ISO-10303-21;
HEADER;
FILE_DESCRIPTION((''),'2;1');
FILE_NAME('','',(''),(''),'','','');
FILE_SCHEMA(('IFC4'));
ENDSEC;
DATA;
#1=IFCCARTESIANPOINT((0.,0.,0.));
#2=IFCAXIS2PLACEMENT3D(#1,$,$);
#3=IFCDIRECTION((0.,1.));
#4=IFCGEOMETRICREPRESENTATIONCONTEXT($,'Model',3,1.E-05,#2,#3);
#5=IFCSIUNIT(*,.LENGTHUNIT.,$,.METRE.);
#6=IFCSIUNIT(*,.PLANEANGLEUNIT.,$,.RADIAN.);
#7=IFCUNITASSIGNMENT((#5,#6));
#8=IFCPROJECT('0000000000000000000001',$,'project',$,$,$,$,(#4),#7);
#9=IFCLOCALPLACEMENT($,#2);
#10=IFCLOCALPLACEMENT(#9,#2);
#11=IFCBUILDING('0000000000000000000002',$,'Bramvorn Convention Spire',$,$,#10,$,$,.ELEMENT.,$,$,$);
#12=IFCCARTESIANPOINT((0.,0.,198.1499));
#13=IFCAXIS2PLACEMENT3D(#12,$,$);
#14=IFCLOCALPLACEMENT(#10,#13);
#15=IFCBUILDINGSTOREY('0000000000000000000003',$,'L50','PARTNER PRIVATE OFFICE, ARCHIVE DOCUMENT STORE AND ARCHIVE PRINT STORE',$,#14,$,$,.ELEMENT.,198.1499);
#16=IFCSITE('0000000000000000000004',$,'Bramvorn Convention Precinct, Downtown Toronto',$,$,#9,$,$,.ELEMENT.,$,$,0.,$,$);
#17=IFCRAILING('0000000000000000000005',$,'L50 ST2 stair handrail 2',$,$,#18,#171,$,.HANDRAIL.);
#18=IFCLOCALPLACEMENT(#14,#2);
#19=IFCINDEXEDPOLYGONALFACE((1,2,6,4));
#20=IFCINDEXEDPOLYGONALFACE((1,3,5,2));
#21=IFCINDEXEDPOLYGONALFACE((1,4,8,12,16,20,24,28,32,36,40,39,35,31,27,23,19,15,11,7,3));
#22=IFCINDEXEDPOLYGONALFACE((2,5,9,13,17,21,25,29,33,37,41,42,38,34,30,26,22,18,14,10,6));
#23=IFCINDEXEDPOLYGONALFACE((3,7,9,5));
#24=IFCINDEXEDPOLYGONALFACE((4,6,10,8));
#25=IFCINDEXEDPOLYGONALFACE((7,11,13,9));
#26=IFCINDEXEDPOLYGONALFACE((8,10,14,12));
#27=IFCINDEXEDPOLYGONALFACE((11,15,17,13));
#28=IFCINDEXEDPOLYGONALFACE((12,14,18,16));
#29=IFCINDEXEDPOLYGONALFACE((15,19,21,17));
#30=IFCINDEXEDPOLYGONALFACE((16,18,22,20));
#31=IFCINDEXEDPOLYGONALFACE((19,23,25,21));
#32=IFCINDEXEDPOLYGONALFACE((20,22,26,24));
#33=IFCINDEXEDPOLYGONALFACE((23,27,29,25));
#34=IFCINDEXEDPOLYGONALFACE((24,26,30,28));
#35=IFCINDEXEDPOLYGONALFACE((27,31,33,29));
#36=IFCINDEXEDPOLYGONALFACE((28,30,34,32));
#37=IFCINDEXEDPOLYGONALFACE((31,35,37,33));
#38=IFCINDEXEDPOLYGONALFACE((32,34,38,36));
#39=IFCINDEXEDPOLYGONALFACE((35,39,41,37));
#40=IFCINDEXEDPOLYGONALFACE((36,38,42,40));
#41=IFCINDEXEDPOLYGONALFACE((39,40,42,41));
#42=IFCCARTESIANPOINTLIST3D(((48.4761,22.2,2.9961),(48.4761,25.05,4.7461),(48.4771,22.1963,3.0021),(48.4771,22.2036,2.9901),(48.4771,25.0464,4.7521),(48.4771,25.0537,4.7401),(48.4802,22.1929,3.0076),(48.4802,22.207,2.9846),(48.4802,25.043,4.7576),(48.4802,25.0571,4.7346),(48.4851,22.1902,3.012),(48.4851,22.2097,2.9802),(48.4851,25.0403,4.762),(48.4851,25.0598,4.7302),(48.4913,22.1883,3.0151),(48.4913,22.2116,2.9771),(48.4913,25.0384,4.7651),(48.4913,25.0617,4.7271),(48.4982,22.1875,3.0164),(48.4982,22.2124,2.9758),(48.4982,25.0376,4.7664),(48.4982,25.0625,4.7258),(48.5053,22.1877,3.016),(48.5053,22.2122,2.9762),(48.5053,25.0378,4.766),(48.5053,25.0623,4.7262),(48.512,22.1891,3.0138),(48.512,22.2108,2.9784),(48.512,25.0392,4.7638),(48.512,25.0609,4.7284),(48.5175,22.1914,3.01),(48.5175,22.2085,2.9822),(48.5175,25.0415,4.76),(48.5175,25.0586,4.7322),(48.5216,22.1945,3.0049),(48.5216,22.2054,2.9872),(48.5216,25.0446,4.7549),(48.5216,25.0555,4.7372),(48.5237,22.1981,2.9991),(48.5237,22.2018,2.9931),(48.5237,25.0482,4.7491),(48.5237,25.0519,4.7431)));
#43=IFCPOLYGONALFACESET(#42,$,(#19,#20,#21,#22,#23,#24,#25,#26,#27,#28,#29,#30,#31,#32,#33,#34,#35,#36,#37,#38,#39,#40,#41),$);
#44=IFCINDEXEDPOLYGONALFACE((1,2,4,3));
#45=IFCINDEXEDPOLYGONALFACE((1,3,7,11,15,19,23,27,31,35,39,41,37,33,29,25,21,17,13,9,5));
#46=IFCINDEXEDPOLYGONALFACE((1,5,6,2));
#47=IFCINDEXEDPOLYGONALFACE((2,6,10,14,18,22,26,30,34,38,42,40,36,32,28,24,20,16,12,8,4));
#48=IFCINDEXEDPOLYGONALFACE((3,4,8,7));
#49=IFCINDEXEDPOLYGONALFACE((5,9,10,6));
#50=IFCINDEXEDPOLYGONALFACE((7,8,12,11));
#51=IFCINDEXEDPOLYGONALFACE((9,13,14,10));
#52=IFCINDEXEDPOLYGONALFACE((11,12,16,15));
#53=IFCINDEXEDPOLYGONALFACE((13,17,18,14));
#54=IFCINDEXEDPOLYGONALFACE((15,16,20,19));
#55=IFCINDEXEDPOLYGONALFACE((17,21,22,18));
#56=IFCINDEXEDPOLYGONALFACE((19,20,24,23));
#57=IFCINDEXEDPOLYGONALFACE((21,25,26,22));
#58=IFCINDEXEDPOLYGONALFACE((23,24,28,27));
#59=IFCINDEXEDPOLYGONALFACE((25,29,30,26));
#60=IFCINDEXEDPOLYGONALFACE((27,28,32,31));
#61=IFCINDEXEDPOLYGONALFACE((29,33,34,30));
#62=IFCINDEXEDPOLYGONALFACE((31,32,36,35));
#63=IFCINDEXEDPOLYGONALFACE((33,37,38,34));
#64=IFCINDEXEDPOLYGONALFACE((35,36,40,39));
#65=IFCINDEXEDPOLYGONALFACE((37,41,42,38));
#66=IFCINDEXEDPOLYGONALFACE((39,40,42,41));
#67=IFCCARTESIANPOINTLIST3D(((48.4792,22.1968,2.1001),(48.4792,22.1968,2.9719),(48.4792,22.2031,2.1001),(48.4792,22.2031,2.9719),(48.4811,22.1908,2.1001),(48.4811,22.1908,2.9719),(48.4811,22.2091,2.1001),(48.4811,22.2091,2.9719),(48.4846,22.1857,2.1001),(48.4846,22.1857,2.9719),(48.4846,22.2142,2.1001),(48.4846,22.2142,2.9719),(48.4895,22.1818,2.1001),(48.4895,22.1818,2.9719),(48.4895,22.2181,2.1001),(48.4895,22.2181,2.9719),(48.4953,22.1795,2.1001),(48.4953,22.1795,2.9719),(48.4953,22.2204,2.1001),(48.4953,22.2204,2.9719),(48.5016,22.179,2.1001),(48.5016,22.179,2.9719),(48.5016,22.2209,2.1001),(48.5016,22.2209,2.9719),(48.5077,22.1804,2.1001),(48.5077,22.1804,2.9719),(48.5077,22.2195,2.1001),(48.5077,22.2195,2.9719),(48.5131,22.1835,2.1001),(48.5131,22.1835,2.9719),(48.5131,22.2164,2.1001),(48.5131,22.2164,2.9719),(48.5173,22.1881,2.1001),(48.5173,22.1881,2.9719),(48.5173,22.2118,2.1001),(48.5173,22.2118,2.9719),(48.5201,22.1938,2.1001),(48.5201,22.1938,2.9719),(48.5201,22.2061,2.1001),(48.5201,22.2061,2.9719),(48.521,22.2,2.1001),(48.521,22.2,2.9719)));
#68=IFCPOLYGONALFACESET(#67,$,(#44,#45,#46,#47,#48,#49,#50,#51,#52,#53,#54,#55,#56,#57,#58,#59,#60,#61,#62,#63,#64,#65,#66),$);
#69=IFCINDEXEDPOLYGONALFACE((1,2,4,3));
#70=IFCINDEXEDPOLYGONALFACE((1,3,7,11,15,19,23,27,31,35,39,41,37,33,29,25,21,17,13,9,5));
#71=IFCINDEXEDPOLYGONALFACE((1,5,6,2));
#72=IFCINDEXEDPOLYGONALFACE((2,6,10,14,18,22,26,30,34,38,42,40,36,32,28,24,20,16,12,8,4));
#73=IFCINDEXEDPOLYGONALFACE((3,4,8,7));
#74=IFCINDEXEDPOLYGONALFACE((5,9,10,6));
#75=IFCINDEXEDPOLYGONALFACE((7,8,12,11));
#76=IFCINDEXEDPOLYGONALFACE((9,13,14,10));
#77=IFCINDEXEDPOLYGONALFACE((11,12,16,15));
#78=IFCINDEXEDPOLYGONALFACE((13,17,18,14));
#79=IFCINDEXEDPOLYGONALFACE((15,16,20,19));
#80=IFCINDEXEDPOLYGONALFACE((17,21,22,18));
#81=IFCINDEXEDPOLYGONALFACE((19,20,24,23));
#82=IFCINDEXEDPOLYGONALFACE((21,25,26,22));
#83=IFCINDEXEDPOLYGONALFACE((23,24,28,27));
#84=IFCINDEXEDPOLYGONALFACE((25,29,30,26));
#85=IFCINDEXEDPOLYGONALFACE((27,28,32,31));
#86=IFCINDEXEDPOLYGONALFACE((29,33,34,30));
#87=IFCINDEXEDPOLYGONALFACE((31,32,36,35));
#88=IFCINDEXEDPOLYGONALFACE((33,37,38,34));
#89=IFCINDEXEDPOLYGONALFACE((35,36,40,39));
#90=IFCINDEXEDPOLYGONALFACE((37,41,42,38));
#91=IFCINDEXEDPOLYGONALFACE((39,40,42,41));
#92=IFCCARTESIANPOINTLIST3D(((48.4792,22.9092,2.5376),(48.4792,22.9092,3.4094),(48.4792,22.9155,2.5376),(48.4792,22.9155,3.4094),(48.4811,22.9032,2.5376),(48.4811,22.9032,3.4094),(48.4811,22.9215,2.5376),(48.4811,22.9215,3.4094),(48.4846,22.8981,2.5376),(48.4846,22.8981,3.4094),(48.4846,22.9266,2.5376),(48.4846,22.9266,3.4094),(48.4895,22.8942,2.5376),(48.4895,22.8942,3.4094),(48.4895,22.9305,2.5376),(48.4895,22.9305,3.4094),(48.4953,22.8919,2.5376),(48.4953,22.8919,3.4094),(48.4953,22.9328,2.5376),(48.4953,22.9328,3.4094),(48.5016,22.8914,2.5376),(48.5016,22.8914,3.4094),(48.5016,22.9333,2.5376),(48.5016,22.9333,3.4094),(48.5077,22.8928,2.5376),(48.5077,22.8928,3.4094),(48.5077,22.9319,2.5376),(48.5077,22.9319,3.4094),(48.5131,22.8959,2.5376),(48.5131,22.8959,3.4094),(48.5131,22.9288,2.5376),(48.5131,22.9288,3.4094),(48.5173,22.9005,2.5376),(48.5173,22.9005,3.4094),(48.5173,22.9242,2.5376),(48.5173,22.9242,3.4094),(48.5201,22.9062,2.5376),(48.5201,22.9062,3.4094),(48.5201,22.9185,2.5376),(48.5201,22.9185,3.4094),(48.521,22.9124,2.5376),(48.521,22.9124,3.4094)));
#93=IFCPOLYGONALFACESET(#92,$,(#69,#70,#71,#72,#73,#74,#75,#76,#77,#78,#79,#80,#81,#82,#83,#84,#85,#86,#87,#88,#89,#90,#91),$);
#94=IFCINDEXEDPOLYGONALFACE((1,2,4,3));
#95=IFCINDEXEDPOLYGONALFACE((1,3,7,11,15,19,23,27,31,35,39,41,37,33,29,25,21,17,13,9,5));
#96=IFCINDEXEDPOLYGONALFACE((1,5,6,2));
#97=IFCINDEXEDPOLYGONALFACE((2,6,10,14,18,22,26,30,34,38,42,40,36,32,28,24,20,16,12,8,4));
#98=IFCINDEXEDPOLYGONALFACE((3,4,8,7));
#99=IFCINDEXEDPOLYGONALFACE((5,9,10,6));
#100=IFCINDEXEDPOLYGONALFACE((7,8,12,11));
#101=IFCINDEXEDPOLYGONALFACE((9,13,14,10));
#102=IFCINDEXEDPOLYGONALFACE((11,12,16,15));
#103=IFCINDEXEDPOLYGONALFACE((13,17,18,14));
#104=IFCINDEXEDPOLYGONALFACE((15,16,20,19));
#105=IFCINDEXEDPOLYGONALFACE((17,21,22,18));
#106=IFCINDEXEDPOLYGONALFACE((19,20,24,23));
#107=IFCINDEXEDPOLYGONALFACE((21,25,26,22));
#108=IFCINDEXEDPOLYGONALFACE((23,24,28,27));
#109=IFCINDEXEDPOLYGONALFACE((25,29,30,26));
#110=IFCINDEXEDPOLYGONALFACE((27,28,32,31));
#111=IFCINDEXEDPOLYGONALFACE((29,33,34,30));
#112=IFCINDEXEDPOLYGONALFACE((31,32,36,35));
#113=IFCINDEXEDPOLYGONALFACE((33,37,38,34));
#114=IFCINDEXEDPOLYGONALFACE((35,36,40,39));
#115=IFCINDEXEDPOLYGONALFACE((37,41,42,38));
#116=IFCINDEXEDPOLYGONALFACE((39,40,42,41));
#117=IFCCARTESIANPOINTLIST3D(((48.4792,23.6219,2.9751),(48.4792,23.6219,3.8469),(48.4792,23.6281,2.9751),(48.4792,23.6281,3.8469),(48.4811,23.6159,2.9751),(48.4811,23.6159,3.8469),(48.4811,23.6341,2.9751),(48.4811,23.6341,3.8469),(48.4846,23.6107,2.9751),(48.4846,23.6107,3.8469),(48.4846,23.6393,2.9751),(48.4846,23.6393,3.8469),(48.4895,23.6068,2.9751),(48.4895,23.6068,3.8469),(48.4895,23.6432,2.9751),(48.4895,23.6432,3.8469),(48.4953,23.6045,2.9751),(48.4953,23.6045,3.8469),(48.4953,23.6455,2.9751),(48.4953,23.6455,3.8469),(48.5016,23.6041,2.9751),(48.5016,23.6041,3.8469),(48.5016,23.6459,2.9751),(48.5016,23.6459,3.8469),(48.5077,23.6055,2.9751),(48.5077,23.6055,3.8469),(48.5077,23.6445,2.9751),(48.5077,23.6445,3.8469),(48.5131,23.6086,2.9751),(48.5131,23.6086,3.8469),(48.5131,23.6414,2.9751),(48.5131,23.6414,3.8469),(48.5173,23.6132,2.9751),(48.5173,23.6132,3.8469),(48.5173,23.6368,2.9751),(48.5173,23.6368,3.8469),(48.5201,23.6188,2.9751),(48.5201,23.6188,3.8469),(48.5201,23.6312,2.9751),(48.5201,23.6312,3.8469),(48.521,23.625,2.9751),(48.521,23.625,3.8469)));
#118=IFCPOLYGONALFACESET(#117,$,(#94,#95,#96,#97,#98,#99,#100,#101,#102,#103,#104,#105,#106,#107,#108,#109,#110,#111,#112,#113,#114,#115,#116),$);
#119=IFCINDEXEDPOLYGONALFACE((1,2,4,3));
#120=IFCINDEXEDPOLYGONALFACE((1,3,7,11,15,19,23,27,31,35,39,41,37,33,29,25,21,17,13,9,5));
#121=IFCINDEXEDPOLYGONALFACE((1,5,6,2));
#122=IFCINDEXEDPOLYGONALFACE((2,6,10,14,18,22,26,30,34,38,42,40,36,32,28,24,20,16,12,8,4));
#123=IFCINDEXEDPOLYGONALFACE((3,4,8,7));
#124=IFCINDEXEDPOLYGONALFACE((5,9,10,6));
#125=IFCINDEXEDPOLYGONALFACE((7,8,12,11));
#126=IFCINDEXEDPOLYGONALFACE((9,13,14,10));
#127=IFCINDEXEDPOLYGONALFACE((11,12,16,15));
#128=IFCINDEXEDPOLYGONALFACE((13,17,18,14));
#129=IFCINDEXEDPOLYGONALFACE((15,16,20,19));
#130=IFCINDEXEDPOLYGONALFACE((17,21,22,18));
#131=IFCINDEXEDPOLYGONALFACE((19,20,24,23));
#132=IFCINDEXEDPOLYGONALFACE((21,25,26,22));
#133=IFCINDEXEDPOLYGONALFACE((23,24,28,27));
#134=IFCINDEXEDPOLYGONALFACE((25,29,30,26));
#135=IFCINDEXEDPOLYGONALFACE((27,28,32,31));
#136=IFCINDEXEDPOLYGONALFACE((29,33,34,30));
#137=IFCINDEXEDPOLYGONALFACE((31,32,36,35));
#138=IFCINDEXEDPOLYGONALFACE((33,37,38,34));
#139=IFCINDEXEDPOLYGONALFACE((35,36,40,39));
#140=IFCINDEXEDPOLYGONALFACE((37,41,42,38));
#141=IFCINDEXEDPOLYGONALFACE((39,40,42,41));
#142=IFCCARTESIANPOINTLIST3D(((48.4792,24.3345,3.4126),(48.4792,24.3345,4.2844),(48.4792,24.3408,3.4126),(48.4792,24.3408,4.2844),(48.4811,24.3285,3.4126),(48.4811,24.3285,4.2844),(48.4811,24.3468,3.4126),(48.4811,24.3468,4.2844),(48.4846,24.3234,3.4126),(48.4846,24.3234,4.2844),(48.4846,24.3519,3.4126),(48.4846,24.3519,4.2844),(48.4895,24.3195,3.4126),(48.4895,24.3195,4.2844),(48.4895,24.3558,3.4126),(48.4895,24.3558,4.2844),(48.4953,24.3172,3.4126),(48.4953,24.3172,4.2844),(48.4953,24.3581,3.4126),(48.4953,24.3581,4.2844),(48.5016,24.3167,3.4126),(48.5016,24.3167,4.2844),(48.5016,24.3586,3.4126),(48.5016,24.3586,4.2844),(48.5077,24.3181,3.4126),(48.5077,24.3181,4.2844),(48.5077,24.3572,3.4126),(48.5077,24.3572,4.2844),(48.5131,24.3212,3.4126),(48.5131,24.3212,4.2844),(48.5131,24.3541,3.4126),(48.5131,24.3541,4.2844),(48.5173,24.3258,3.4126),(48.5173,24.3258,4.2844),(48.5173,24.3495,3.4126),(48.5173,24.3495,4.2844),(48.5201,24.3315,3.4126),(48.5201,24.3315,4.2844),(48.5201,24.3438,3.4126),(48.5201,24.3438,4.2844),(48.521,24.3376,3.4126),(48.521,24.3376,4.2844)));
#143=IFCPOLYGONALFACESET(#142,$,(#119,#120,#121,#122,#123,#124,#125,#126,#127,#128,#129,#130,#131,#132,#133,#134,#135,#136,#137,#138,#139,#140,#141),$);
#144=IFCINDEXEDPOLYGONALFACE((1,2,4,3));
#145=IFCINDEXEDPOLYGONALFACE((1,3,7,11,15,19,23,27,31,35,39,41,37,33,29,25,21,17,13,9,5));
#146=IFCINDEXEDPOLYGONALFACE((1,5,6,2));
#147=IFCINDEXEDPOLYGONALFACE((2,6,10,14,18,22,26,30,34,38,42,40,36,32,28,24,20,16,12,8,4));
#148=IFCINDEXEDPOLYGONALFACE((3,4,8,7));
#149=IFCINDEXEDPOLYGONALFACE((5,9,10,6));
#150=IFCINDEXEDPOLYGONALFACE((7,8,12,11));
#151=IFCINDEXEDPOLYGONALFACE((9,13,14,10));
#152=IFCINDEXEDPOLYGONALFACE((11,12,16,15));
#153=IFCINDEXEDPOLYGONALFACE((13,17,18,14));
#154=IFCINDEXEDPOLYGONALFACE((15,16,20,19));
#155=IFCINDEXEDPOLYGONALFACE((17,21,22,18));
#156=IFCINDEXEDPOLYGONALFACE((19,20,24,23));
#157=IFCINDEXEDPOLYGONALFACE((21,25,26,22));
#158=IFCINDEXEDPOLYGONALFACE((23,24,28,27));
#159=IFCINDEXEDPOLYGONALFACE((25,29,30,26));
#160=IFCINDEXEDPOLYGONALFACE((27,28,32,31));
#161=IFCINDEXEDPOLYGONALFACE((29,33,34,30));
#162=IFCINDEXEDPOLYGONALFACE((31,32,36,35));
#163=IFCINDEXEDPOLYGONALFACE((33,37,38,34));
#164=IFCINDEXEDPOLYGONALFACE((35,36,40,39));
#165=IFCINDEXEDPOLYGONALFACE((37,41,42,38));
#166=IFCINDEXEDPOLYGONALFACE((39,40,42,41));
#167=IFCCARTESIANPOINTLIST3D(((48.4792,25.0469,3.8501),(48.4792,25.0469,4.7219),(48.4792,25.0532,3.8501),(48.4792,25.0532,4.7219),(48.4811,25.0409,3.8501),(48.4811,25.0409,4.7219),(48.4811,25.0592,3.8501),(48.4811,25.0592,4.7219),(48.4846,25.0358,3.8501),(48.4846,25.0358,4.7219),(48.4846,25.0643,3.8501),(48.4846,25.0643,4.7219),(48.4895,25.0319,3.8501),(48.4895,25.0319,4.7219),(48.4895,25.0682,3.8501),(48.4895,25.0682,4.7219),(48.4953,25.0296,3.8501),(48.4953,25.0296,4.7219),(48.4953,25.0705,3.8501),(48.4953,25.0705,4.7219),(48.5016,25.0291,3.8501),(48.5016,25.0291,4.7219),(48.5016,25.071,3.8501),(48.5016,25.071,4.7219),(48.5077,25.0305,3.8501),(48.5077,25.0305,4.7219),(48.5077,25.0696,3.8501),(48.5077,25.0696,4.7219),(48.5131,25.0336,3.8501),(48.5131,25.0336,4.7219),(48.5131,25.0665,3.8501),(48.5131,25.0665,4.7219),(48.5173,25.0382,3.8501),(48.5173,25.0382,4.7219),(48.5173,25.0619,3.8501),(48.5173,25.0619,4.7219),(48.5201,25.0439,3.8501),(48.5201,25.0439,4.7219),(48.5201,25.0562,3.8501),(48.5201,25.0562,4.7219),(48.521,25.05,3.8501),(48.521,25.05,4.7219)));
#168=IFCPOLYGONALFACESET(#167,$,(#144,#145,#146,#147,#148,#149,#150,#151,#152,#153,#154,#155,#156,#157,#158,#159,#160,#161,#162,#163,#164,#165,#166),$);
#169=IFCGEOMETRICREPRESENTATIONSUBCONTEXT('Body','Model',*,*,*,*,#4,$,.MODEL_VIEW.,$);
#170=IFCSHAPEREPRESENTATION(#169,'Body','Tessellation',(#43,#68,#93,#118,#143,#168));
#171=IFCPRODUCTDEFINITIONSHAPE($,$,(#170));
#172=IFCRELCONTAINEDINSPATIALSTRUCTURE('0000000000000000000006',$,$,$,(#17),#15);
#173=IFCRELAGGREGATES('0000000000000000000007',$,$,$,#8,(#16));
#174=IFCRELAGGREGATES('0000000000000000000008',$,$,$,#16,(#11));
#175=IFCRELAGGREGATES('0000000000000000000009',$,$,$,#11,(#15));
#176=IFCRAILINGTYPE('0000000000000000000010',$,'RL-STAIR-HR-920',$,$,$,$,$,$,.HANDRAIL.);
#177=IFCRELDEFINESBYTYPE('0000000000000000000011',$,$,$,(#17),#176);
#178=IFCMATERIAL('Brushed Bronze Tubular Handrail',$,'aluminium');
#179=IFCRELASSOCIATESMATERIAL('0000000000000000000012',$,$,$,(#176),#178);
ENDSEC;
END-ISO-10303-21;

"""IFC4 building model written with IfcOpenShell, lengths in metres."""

from ifc_helpers import new_model, si_unit, direction, frame, origin, origin_2d, place, context, subcontext, project, spatial, circle, extrude, material, type_object, element, save


model = new_model("IFC4")

# Units and contexts
model_context = context("Model", 3, precision=1e-05, world=origin(), true_north=direction((0.0, 1.0)))
body_context = subcontext(model_context, "Body", "Model", "MODEL_VIEW")
ifc_project = project(units=[si_unit("LENGTHUNIT", "METRE"), si_unit("PLANEANGLEUNIT", "RADIAN")], contexts=[model_context])

# Site, building, storey
site_placement = place(None, origin())
site = spatial("IfcSite", under=ifc_project, at=site_placement, Name="Bramvorn Convention Precinct, Downtown Toronto", CompositionType="ELEMENT", RefElevation=0.0)
building_placement = place(site_placement, origin())
building = spatial("IfcBuilding", under=site, at=building_placement, Name="Bramvorn Convention Spire", CompositionType="ELEMENT")
storey_placement = place(building_placement, frame((0.0, 0.0, 198.1499)))
storey = spatial("IfcBuildingStorey", under=building, at=storey_placement, Name="L50", Description="PARTNER PRIVATE OFFICE, ARCHIVE DOCUMENT STORE AND ARCHIVE PRINT STORE", CompositionType="ELEMENT", Elevation=198.1499)

# Railing
ifc_material_1 = material(Name="Brushed Bronze Tubular Handrail", Category="aluminium")
railing_type_1 = type_object("IfcRailingType", Name="RL-STAIR-HR-920", PredefinedType="HANDRAIL", material=ifc_material_1)
railing_1_placement = place(storey_placement, frame((48.5, 22.2, 2.1001)))
element("IfcRailing", 1, at=railing_1_placement, inside=storey, type_object=railing_type_1, Name="L50 ST2 stair handrail 2", PredefinedType="HANDRAIL", context=body_context, shape_type="SweptSolid", body=[
    extrude(circle(Radius=0.0239, at=origin_2d()), frame((0.0, 0.0, 0.896), z_axis=(0.0, 0.852179, 0.52325), x_axis=(-1.0, 0.0, 0.0)), (0.0, 0.0, 1.0), 3.3445),
    extrude(circle(Radius=0.021, at=origin_2d()), origin(), (0.0, 0.0, 1.0), 0.8718),
    extrude(circle(Radius=0.021, at=origin_2d()), frame((0.0, 0.7124, 0.4375)), (0.0, 0.0, 1.0), 0.8718),
    extrude(circle(Radius=0.021, at=origin_2d()), frame((0.0, 1.425, 0.875)), (0.0, 0.0, 1.0), 0.8718),
    extrude(circle(Radius=0.021, at=origin_2d()), frame((0.0, 2.1377, 1.3125)), (0.0, 0.0, 1.0), 0.8718),
    extrude(circle(Radius=0.021, at=origin_2d()), frame((0.0, 2.8501, 1.75)), (0.0, 0.0, 1.0), 0.8718),
])

save(model, "model.ifc")
